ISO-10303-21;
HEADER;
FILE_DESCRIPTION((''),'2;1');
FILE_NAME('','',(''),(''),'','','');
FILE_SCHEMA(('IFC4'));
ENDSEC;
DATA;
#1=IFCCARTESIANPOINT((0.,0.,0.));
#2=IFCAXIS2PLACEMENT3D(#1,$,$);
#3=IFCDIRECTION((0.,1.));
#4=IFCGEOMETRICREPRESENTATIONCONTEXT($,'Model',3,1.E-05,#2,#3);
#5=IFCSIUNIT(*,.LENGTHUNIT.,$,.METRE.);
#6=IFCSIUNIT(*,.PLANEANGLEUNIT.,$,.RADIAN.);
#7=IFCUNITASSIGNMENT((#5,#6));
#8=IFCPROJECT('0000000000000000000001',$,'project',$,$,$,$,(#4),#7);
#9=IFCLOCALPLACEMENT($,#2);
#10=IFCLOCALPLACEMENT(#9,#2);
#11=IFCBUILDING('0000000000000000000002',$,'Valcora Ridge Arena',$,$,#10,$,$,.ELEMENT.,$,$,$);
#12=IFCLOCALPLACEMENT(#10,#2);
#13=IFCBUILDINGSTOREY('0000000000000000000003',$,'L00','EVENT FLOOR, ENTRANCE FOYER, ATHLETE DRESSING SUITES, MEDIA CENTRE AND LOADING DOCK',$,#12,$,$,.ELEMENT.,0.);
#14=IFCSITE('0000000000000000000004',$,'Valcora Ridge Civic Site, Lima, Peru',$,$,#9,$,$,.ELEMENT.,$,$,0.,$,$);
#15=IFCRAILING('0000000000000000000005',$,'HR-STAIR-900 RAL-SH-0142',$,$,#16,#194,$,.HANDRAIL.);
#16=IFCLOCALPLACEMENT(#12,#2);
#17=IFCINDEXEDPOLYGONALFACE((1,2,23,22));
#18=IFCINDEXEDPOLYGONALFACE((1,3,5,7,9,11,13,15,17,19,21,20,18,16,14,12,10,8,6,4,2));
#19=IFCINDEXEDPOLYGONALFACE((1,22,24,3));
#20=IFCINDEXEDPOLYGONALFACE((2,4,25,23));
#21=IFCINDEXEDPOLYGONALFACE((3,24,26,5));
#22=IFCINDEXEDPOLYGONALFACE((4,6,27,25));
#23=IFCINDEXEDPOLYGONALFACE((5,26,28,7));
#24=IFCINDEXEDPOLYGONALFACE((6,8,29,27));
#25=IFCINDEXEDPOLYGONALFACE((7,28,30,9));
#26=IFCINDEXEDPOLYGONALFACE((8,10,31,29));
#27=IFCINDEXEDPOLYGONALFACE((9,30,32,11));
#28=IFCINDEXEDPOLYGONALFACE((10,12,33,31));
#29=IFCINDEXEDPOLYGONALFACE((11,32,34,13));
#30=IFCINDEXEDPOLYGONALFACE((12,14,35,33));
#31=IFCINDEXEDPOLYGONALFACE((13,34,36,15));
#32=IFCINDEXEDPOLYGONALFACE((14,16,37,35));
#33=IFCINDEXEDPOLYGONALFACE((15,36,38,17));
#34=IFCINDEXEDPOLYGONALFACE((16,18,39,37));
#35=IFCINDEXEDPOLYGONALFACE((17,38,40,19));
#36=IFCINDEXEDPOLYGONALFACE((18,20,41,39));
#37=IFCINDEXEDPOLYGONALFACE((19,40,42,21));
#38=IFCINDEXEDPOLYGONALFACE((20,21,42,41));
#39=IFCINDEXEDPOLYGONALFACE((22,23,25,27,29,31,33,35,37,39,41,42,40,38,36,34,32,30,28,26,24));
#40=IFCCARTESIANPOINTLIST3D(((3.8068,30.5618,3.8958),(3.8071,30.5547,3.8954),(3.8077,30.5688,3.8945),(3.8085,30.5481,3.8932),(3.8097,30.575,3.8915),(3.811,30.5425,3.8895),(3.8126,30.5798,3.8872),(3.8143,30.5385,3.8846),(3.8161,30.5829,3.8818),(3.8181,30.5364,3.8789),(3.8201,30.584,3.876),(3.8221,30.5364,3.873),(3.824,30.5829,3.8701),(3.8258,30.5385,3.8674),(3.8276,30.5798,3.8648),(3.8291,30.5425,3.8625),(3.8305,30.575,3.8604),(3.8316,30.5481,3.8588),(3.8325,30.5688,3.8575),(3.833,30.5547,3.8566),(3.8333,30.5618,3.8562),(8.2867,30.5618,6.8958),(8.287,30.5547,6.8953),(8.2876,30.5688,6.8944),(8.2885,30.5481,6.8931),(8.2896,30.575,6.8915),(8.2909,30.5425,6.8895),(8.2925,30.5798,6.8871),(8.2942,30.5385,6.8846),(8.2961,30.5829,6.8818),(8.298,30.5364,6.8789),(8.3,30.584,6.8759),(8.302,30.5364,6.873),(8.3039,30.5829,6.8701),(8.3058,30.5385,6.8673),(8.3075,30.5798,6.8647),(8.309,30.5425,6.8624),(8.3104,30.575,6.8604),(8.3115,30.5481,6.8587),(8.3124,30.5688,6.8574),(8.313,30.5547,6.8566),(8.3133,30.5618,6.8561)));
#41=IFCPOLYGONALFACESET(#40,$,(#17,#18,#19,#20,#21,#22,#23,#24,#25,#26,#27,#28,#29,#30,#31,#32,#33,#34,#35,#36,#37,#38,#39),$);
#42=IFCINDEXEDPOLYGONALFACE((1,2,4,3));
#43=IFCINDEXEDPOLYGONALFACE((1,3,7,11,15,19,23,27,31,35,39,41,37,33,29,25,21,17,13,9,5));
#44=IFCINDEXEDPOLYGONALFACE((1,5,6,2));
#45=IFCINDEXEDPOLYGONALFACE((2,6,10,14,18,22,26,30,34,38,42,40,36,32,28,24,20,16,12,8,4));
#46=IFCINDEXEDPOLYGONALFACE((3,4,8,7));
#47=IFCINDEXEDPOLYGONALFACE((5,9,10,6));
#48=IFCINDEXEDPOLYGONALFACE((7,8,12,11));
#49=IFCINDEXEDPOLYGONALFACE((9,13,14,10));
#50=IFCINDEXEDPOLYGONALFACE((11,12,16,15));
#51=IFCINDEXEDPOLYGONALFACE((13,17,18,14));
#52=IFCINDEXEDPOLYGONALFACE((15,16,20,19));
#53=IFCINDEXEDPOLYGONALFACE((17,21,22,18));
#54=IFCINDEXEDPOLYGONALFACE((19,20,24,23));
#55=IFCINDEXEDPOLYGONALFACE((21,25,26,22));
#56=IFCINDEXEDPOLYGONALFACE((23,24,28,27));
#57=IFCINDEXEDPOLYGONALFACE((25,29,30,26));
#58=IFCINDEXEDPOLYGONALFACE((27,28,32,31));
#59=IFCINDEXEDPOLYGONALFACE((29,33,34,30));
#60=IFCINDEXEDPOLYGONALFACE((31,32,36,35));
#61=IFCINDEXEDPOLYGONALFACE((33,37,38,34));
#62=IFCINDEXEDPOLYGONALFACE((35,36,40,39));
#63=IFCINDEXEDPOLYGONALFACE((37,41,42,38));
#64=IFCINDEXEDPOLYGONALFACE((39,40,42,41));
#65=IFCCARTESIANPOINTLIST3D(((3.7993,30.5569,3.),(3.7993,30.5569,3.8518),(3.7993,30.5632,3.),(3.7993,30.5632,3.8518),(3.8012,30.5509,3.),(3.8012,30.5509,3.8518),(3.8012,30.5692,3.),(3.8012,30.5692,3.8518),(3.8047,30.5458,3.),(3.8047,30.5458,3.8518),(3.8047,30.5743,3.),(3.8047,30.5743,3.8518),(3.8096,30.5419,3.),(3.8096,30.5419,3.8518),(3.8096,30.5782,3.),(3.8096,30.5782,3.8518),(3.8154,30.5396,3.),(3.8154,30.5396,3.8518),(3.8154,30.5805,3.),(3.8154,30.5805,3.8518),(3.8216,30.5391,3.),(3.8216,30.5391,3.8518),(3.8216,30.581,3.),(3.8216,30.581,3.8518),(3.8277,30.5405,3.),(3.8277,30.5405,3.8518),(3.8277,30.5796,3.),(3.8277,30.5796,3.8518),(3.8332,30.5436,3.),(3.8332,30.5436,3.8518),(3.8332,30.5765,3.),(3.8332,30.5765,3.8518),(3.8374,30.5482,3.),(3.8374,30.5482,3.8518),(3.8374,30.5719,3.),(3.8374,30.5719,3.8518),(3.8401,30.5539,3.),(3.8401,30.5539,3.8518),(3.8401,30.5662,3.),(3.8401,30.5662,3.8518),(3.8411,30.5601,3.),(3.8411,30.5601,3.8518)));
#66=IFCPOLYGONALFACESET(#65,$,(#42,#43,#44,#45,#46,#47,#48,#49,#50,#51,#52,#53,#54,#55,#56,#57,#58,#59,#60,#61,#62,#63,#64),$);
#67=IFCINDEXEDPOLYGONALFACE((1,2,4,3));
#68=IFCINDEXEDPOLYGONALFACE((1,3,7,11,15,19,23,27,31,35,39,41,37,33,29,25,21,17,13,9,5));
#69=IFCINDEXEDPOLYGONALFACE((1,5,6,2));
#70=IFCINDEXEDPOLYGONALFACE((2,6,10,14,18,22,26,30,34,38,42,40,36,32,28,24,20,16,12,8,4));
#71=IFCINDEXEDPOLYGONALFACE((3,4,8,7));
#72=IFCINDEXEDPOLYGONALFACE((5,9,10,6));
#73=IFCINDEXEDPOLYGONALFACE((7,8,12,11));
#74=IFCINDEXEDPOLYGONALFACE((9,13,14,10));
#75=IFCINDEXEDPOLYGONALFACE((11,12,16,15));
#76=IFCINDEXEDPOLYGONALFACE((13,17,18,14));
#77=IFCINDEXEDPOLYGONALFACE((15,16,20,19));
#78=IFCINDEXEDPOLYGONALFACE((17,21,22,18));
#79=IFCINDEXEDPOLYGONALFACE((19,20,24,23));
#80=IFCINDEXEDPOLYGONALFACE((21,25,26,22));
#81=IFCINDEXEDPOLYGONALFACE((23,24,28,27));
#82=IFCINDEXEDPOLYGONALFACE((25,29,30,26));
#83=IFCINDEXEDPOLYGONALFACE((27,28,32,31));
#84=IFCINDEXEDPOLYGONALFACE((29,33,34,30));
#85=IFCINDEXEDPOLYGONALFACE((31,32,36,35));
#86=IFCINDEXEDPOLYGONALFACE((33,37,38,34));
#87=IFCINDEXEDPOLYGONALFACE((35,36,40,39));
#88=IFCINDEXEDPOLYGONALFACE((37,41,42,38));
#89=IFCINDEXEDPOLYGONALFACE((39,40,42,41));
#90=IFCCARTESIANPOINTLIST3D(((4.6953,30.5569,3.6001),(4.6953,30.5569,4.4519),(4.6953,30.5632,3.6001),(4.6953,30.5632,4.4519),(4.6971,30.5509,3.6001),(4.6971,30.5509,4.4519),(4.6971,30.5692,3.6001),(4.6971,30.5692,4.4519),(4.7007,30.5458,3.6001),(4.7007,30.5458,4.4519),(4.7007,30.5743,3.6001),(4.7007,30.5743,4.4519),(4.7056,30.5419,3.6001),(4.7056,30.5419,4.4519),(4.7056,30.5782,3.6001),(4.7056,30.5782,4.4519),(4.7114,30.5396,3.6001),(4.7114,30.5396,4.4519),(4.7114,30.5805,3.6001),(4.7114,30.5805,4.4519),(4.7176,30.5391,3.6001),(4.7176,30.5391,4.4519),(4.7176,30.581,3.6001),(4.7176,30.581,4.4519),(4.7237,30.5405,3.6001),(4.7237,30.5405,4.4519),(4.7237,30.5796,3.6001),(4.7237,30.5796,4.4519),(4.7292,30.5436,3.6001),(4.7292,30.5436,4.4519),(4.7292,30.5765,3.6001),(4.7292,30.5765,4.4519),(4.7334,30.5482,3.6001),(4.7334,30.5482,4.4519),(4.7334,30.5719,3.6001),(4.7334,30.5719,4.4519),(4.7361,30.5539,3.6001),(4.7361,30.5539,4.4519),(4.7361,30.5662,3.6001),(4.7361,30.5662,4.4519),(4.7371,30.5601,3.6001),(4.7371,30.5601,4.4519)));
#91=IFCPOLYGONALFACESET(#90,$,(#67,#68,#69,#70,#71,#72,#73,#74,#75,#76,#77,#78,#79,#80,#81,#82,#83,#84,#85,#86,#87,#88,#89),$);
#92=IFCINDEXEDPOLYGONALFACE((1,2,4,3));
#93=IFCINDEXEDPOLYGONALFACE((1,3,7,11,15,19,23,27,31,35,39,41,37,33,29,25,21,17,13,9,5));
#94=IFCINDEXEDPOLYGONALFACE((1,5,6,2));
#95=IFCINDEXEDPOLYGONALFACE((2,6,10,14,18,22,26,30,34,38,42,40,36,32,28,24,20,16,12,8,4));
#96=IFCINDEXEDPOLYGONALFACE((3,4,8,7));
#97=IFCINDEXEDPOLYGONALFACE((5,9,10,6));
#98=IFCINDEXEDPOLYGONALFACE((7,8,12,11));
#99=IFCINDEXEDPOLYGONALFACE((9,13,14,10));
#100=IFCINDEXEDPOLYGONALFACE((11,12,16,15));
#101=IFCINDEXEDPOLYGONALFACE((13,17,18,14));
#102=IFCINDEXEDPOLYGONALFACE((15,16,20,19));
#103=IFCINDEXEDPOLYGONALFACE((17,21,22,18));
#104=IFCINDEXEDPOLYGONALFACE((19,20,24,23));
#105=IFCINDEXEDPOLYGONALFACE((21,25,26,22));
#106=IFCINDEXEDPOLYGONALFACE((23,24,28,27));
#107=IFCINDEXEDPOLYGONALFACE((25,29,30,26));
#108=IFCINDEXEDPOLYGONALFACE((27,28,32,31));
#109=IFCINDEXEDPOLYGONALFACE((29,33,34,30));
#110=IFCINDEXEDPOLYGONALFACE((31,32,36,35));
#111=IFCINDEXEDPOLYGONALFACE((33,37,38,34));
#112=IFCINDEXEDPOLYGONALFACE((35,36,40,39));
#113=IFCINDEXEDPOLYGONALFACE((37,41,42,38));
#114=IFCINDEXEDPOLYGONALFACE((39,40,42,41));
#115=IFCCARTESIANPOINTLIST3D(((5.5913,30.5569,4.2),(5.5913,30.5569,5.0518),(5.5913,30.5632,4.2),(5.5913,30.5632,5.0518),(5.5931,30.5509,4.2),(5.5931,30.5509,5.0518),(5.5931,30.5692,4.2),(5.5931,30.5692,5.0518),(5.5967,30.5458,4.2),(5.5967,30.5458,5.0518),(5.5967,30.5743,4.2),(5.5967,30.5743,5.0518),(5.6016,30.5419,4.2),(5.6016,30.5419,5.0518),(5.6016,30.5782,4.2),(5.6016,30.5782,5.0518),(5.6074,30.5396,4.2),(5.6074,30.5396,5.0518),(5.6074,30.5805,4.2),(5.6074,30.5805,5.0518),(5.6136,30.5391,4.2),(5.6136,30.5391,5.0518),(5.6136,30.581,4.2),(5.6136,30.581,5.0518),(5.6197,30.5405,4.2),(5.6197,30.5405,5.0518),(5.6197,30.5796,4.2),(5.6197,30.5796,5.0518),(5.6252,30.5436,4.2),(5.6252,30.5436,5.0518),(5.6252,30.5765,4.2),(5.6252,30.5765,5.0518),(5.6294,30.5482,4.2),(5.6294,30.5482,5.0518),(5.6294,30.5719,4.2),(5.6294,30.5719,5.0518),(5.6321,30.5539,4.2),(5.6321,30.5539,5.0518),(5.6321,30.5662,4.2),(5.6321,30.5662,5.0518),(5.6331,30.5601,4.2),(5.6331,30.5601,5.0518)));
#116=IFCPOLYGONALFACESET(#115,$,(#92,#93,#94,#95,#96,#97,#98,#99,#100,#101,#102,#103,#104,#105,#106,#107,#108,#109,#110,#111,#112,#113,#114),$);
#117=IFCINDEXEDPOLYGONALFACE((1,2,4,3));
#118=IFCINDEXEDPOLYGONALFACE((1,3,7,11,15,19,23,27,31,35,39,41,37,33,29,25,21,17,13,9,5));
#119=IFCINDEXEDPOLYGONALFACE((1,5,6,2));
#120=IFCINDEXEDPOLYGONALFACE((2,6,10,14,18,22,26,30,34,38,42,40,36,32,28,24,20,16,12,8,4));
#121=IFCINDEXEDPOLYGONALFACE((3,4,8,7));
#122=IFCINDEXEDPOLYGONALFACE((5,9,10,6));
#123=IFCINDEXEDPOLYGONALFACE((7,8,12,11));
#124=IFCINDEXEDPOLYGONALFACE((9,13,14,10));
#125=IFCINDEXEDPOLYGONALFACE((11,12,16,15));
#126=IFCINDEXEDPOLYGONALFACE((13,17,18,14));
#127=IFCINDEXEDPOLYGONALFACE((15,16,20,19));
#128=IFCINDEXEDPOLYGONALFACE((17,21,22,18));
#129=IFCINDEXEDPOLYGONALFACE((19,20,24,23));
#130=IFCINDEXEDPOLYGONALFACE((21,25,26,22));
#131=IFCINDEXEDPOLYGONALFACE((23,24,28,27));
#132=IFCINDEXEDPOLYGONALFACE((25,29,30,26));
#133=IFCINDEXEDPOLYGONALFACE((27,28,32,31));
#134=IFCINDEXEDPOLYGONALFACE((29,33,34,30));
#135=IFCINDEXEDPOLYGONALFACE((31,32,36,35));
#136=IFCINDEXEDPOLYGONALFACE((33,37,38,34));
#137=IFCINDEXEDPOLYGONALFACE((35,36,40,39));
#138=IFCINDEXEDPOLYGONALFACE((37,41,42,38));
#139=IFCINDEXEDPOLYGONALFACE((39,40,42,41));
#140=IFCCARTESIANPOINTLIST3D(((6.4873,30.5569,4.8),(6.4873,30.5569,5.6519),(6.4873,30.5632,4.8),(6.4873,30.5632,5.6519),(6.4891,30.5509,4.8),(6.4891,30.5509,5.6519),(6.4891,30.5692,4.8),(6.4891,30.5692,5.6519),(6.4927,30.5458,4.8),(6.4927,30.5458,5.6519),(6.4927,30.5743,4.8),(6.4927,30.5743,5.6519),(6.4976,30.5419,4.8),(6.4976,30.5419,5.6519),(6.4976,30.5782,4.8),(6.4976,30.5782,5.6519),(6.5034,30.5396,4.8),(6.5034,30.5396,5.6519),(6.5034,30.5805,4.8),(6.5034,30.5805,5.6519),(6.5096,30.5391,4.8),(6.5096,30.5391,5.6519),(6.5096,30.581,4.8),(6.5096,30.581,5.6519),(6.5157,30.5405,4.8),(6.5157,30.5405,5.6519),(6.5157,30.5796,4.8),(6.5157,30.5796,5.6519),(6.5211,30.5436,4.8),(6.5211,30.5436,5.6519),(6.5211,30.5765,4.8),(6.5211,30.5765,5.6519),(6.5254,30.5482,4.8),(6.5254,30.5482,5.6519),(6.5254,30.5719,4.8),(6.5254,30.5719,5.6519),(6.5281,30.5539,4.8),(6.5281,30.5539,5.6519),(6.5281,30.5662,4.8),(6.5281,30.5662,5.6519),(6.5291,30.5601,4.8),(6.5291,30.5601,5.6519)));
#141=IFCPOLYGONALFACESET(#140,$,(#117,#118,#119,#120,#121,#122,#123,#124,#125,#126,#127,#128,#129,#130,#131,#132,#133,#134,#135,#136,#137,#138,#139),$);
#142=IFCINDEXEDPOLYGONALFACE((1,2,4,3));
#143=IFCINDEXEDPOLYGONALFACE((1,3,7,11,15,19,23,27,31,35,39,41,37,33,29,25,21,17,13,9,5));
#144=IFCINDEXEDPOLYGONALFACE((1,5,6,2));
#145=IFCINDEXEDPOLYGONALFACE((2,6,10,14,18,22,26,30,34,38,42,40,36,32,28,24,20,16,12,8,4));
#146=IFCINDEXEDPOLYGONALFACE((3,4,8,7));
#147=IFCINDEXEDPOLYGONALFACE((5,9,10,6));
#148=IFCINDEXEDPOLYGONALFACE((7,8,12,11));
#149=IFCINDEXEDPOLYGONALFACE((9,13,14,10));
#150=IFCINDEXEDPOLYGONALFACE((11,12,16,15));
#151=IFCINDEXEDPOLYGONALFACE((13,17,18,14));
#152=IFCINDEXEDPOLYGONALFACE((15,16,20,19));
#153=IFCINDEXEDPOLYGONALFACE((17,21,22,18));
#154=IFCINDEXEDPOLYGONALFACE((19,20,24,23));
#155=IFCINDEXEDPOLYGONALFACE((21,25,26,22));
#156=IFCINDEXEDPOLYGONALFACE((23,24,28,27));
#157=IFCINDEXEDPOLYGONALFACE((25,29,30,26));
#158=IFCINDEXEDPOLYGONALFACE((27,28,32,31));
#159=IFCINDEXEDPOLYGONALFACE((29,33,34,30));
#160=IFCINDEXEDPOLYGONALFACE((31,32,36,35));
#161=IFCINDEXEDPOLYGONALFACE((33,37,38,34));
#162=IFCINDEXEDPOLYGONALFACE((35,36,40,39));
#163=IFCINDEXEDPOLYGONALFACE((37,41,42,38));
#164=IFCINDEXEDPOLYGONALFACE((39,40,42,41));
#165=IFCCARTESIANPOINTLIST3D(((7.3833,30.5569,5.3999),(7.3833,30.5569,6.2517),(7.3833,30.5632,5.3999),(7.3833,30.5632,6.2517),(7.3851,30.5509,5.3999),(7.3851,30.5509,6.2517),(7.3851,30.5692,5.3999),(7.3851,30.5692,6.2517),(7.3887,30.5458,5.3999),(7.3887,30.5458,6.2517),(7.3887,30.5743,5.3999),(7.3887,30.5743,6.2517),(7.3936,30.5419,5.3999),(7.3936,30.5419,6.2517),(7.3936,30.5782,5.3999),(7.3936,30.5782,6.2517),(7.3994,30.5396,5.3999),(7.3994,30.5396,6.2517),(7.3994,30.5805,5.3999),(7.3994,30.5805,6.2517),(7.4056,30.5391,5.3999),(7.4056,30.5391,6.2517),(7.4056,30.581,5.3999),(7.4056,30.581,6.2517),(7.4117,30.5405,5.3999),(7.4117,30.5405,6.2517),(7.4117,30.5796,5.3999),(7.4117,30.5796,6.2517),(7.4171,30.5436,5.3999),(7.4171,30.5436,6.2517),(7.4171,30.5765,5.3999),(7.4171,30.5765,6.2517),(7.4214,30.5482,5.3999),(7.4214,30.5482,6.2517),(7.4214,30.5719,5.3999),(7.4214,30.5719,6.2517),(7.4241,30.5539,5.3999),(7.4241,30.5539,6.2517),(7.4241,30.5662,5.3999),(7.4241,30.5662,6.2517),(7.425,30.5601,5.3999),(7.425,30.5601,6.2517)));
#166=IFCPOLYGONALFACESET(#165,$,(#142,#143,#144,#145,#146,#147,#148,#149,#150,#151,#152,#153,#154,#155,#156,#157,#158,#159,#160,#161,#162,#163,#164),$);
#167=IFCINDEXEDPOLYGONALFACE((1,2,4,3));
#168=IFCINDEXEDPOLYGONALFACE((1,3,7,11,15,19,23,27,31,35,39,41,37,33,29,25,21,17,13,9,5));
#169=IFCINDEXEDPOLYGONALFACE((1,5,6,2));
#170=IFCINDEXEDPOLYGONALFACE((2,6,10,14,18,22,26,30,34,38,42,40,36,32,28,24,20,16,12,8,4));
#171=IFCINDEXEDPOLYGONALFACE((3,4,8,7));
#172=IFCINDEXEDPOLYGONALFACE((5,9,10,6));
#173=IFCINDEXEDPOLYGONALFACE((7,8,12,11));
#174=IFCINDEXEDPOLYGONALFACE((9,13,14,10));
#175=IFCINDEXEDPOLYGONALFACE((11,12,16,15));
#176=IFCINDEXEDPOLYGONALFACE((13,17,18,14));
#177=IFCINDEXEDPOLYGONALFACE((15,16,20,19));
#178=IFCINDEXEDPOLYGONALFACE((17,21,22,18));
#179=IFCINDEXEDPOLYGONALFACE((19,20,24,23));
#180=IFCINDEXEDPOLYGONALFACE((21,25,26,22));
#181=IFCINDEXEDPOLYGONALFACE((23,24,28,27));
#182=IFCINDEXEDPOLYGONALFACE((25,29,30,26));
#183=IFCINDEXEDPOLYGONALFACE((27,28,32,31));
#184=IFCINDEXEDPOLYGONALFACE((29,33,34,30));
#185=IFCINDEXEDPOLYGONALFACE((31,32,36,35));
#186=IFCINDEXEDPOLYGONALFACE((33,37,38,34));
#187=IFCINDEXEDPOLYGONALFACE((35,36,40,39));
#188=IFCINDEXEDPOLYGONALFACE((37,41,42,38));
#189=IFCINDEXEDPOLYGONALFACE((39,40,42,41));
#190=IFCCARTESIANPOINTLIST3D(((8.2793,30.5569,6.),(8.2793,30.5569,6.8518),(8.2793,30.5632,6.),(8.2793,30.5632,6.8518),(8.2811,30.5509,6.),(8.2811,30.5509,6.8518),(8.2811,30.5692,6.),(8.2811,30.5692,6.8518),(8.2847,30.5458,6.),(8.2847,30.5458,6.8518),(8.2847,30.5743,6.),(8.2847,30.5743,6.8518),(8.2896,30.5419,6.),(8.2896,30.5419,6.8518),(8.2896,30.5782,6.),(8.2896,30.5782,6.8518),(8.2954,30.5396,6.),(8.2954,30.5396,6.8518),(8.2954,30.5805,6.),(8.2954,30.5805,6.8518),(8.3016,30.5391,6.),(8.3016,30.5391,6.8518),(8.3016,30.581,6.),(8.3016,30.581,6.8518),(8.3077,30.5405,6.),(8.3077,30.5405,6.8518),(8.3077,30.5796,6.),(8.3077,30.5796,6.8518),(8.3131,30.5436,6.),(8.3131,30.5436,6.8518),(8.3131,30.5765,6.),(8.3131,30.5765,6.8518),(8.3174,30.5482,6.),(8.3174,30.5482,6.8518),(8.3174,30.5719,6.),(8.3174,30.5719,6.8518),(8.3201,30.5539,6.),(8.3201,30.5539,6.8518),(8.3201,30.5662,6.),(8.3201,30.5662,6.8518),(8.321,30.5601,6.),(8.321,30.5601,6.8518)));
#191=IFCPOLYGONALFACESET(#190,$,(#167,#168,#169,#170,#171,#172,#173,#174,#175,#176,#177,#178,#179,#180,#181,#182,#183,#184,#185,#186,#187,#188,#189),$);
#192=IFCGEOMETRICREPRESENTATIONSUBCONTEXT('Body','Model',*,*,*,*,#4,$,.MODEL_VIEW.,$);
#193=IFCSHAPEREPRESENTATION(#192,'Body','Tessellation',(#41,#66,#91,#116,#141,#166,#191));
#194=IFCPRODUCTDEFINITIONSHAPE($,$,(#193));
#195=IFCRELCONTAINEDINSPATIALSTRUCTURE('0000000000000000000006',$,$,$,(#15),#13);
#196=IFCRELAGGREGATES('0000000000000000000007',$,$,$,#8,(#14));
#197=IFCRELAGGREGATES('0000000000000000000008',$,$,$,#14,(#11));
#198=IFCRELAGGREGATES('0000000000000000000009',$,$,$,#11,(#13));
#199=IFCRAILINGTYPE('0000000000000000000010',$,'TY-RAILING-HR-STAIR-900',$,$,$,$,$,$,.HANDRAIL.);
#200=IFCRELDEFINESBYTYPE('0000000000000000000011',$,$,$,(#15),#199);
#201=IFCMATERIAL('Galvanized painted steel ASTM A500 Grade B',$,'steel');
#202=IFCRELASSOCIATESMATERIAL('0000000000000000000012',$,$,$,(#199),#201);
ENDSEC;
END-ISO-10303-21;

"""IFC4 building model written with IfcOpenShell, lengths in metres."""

from ifc_helpers import new_model, si_unit, direction, frame, origin, origin_2d, place, context, subcontext, project, spatial, circle, extrude, material, type_object, element, save


model = new_model("IFC4")

# Units and contexts
model_context = context("Model", 3, precision=1e-05, world=origin(), true_north=direction((0.0, 1.0)))
body_context = subcontext(model_context, "Body", "Model", "MODEL_VIEW")
ifc_project = project(units=[si_unit("LENGTHUNIT", "METRE"), si_unit("PLANEANGLEUNIT", "RADIAN")], contexts=[model_context])

# Site, building, storey
site_placement = place(None, origin())
site = spatial("IfcSite", under=ifc_project, at=site_placement, Name="Valcora Ridge Civic Site, Lima, Peru", CompositionType="ELEMENT", RefElevation=0.0)
building_placement = place(site_placement, origin())
building = spatial("IfcBuilding", under=site, at=building_placement, Name="Valcora Ridge Arena", CompositionType="ELEMENT")
storey_placement = place(building_placement, origin())
storey = spatial("IfcBuildingStorey", under=building, at=storey_placement, Name="L00", Description="EVENT FLOOR, ENTRANCE FOYER, ATHLETE DRESSING SUITES, MEDIA CENTRE AND LOADING DOCK", CompositionType="ELEMENT", Elevation=0.0)

# Railing
ifc_material_1 = material(Name="Galvanized painted steel ASTM A500 Grade B", Category="steel")
railing_type_1 = type_object("IfcRailingType", Name="TY-RAILING-HR-STAIR-900", PredefinedType="HANDRAIL", material=ifc_material_1)
railing_1_placement = place(storey_placement, frame((3.8201, 30.5601, 3.0)))
element("IfcRailing", 1, at=railing_1_placement, inside=storey, type_object=railing_type_1, Name="HR-STAIR-900 RAL-SH-0142", PredefinedType="HANDRAIL", context=body_context, shape_type="SweptSolid", body=[
    extrude(circle(Radius=0.0239, at=origin_2d()), frame((0.0, 0.0, 0.876), z_axis=(0.830906, 0.0, 0.556413), x_axis=(0.0, 1.0, 0.0)), (0.0, 0.0, 1.0), 5.3916),
    extrude(circle(Radius=0.021, at=origin_2d()), origin(), (0.0, 0.0, 1.0), 0.8518),
    extrude(circle(Radius=0.021, at=origin_2d()), frame((0.896, 0.0, 0.6001)), (0.0, 0.0, 1.0), 0.8518),
    extrude(circle(Radius=0.021, at=origin_2d()), frame((1.792, 0.0, 1.2)), (0.0, 0.0, 1.0), 0.8518),
    extrude(circle(Radius=0.021, at=origin_2d()), frame((2.688, 0.0, 1.8)), (0.0, 0.0, 1.0), 0.8518),
    extrude(circle(Radius=0.021, at=origin_2d()), frame((3.584, 0.0, 2.3999)), (0.0, 0.0, 1.0), 0.8518),
    extrude(circle(Radius=0.021, at=origin_2d()), frame((4.48, 0.0, 3.0)), (0.0, 0.0, 1.0), 0.8518),
])

save(model, "model.ifc")
